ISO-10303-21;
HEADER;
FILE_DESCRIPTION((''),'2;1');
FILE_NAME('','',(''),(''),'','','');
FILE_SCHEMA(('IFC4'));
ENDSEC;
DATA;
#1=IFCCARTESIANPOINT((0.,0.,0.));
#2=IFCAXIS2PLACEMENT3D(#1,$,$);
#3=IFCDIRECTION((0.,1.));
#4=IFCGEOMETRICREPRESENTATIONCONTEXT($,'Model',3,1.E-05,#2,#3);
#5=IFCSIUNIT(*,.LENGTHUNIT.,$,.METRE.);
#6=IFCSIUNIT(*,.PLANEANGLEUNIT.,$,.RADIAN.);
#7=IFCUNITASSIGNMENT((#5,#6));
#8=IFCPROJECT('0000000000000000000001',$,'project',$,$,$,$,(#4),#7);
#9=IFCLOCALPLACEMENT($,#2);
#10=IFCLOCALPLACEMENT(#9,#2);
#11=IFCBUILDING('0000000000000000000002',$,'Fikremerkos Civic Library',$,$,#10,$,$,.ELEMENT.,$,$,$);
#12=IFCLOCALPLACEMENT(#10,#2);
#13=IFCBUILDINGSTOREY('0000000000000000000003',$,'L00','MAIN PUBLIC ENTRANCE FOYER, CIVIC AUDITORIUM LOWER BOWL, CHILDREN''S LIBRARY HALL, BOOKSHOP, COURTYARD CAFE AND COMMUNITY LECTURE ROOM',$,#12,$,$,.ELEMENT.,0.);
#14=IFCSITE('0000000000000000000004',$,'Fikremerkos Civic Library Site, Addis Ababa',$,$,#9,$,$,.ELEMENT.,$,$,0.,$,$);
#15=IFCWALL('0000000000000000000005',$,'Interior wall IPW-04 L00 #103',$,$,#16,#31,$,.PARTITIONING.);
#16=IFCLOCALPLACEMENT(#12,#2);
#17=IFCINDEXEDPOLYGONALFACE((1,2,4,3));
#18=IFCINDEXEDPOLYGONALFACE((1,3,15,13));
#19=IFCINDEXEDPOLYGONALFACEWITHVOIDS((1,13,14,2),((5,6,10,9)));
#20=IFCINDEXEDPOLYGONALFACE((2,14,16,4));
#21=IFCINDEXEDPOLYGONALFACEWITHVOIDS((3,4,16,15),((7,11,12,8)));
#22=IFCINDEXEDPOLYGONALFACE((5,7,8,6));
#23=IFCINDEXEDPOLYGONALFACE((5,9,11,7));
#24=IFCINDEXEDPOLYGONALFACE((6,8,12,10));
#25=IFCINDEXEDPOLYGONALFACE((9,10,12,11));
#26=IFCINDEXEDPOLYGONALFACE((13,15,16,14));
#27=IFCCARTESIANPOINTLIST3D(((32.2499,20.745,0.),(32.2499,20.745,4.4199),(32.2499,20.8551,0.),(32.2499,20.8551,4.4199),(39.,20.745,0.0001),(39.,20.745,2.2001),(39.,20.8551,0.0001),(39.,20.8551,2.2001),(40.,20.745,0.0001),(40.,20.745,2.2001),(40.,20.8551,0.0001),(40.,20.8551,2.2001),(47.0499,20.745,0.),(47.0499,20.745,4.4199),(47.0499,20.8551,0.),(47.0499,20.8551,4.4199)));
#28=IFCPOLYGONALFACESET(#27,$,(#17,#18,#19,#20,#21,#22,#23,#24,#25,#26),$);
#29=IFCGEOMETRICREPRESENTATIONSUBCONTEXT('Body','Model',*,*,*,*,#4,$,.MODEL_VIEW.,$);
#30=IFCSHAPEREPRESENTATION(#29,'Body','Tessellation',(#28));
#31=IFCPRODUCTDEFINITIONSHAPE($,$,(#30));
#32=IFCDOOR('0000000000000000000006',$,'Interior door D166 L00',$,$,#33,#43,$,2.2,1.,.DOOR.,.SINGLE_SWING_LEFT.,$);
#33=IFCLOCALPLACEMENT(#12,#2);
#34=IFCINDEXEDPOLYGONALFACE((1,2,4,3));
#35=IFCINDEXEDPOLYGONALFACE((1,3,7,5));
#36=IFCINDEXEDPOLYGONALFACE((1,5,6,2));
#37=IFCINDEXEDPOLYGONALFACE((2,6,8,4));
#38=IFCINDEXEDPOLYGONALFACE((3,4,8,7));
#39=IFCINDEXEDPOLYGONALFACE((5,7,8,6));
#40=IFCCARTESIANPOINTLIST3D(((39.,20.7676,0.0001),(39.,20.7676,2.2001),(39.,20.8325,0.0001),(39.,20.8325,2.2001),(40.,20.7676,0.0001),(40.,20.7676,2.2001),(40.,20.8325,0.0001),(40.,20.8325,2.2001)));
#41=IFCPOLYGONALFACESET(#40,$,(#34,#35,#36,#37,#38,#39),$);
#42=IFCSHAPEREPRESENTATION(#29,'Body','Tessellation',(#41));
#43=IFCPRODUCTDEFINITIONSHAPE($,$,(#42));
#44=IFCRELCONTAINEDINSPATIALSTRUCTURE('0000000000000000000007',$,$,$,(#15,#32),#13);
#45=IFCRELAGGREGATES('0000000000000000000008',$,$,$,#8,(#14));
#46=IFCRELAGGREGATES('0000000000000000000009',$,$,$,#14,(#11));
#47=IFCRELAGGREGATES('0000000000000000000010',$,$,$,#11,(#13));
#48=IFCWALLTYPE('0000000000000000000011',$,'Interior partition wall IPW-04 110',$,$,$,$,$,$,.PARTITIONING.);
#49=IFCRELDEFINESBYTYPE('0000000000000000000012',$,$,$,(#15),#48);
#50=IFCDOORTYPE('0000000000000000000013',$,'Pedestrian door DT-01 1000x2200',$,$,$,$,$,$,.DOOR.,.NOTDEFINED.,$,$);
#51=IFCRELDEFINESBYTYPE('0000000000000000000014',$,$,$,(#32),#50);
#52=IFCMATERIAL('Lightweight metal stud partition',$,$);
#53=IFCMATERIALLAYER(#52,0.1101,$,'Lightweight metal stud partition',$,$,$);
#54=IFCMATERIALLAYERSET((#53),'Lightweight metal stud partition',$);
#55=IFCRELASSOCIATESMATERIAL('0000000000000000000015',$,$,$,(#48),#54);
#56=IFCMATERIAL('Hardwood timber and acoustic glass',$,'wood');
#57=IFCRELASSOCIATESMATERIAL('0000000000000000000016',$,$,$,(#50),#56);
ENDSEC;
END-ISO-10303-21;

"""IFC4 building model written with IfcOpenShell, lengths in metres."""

from ifc_helpers import new_model, si_unit, direction, frame, frame_2d, origin, place, context, subcontext, project, spatial, rectangle, extrude, material, layer, layer_set, type_object, element, fill, save


model = new_model("IFC4")

# Units and contexts
model_context = context("Model", 3, precision=1e-05, world=origin(), true_north=direction((0.0, 1.0)))
body_context = subcontext(model_context, "Body", "Model", "MODEL_VIEW")
ifc_project = project(units=[si_unit("LENGTHUNIT", "METRE"), si_unit("PLANEANGLEUNIT", "RADIAN")], contexts=[model_context])

# Site, building, storey
site_placement = place(None, origin())
site = spatial("IfcSite", under=ifc_project, at=site_placement, Name="Fikremerkos Civic Library Site, Addis Ababa", CompositionType="ELEMENT", RefElevation=0.0)
building_placement = place(site_placement, origin())
building = spatial("IfcBuilding", under=site, at=building_placement, Name="Fikremerkos Civic Library", CompositionType="ELEMENT")
storey_placement = place(building_placement, origin())
storey = spatial("IfcBuildingStorey", under=building, at=storey_placement, Name="L00", Description="MAIN PUBLIC ENTRANCE FOYER, CIVIC AUDITORIUM LOWER BOWL, CHILDREN'S LIBRARY HALL, BOOKSHOP, COURTYARD CAFE AND COMMUNITY LECTURE ROOM", CompositionType="ELEMENT", Elevation=0.0)

# Shared definitions
ifc_material_1 = material(Name="Hardwood timber and acoustic glass", Category="wood")

# Wall, opening, door
ifc_material_2 = material(Name="Lightweight metal stud partition")
ifc_layer_1 = layer(ifc_material_2, 0.1101, Name="Lightweight metal stud partition")
ifc_layer_set_1 = layer_set([ifc_layer_1], Name="Lightweight metal stud partition")
wall_type_1 = type_object("IfcWallType", Name="Interior partition wall IPW-04 110", PredefinedType="PARTITIONING", material=ifc_layer_set_1)
wall_1_placement = place(storey_placement, frame((32.25, 20.8, 0.0), z_axis=(0.0, 0.0, 1.0), x_axis=(1.0, 0.0, 0.0)))
wall_1 = element("IfcWall", 1, at=wall_1_placement, inside=storey, type_object=wall_type_1, Name="Interior wall IPW-04 L00 #103", PredefinedType="PARTITIONING", context=body_context, shape_type="SweptSolid", body=[
    extrude(rectangle(XDim=14.8, YDim=0.1101, at=frame_2d((7.3999, 0.0))), origin(), (0.0, 0.0, 1.0), 4.4199),
])
opening_1_placement = place(wall_1_placement, frame((6.75, 0.0, 0.0)))
opening_1 = element("IfcOpeningElement", 2, at=opening_1_placement, cuts=wall_1, PredefinedType="OPENING", context=body_context, shape_type="SweptSolid", body=[
    extrude(rectangle(XDim=1.0, YDim=2.2, at=frame_2d((0.5, 1.1001))), frame((0.0, 0.0649, 0.0), z_axis=(0.0, -1.0, 0.0), x_axis=(1.0, 0.0, 0.0)), (0.0, 0.0, 1.0), 0.1301),
])
door_type_1 = type_object("IfcDoorType", Name="Pedestrian door DT-01 1000x2200", OperationType="NOTDEFINED", PredefinedType="DOOR", material=ifc_material_1)
door_1_placement = place(opening_1_placement, origin())
door_1 = element("IfcDoor", 3, at=door_1_placement, inside=storey, type_object=door_type_1, Name="Interior door D166 L00", OperationType="SINGLE_SWING_LEFT", OverallHeight=2.2, OverallWidth=1.0, PredefinedType="DOOR", context=body_context, shape_type="SweptSolid", body=[
    extrude(rectangle(XDim=1.0, YDim=2.2, at=frame_2d((0.5, 1.1001))), frame((0.0, 0.0325, 0.0), z_axis=(0.0, -1.0, 0.0), x_axis=(1.0, 0.0, 0.0)), (0.0, 0.0, 1.0), 0.0649),
])
fill(opening_1, door_1)

save(model, "model.ifc")
